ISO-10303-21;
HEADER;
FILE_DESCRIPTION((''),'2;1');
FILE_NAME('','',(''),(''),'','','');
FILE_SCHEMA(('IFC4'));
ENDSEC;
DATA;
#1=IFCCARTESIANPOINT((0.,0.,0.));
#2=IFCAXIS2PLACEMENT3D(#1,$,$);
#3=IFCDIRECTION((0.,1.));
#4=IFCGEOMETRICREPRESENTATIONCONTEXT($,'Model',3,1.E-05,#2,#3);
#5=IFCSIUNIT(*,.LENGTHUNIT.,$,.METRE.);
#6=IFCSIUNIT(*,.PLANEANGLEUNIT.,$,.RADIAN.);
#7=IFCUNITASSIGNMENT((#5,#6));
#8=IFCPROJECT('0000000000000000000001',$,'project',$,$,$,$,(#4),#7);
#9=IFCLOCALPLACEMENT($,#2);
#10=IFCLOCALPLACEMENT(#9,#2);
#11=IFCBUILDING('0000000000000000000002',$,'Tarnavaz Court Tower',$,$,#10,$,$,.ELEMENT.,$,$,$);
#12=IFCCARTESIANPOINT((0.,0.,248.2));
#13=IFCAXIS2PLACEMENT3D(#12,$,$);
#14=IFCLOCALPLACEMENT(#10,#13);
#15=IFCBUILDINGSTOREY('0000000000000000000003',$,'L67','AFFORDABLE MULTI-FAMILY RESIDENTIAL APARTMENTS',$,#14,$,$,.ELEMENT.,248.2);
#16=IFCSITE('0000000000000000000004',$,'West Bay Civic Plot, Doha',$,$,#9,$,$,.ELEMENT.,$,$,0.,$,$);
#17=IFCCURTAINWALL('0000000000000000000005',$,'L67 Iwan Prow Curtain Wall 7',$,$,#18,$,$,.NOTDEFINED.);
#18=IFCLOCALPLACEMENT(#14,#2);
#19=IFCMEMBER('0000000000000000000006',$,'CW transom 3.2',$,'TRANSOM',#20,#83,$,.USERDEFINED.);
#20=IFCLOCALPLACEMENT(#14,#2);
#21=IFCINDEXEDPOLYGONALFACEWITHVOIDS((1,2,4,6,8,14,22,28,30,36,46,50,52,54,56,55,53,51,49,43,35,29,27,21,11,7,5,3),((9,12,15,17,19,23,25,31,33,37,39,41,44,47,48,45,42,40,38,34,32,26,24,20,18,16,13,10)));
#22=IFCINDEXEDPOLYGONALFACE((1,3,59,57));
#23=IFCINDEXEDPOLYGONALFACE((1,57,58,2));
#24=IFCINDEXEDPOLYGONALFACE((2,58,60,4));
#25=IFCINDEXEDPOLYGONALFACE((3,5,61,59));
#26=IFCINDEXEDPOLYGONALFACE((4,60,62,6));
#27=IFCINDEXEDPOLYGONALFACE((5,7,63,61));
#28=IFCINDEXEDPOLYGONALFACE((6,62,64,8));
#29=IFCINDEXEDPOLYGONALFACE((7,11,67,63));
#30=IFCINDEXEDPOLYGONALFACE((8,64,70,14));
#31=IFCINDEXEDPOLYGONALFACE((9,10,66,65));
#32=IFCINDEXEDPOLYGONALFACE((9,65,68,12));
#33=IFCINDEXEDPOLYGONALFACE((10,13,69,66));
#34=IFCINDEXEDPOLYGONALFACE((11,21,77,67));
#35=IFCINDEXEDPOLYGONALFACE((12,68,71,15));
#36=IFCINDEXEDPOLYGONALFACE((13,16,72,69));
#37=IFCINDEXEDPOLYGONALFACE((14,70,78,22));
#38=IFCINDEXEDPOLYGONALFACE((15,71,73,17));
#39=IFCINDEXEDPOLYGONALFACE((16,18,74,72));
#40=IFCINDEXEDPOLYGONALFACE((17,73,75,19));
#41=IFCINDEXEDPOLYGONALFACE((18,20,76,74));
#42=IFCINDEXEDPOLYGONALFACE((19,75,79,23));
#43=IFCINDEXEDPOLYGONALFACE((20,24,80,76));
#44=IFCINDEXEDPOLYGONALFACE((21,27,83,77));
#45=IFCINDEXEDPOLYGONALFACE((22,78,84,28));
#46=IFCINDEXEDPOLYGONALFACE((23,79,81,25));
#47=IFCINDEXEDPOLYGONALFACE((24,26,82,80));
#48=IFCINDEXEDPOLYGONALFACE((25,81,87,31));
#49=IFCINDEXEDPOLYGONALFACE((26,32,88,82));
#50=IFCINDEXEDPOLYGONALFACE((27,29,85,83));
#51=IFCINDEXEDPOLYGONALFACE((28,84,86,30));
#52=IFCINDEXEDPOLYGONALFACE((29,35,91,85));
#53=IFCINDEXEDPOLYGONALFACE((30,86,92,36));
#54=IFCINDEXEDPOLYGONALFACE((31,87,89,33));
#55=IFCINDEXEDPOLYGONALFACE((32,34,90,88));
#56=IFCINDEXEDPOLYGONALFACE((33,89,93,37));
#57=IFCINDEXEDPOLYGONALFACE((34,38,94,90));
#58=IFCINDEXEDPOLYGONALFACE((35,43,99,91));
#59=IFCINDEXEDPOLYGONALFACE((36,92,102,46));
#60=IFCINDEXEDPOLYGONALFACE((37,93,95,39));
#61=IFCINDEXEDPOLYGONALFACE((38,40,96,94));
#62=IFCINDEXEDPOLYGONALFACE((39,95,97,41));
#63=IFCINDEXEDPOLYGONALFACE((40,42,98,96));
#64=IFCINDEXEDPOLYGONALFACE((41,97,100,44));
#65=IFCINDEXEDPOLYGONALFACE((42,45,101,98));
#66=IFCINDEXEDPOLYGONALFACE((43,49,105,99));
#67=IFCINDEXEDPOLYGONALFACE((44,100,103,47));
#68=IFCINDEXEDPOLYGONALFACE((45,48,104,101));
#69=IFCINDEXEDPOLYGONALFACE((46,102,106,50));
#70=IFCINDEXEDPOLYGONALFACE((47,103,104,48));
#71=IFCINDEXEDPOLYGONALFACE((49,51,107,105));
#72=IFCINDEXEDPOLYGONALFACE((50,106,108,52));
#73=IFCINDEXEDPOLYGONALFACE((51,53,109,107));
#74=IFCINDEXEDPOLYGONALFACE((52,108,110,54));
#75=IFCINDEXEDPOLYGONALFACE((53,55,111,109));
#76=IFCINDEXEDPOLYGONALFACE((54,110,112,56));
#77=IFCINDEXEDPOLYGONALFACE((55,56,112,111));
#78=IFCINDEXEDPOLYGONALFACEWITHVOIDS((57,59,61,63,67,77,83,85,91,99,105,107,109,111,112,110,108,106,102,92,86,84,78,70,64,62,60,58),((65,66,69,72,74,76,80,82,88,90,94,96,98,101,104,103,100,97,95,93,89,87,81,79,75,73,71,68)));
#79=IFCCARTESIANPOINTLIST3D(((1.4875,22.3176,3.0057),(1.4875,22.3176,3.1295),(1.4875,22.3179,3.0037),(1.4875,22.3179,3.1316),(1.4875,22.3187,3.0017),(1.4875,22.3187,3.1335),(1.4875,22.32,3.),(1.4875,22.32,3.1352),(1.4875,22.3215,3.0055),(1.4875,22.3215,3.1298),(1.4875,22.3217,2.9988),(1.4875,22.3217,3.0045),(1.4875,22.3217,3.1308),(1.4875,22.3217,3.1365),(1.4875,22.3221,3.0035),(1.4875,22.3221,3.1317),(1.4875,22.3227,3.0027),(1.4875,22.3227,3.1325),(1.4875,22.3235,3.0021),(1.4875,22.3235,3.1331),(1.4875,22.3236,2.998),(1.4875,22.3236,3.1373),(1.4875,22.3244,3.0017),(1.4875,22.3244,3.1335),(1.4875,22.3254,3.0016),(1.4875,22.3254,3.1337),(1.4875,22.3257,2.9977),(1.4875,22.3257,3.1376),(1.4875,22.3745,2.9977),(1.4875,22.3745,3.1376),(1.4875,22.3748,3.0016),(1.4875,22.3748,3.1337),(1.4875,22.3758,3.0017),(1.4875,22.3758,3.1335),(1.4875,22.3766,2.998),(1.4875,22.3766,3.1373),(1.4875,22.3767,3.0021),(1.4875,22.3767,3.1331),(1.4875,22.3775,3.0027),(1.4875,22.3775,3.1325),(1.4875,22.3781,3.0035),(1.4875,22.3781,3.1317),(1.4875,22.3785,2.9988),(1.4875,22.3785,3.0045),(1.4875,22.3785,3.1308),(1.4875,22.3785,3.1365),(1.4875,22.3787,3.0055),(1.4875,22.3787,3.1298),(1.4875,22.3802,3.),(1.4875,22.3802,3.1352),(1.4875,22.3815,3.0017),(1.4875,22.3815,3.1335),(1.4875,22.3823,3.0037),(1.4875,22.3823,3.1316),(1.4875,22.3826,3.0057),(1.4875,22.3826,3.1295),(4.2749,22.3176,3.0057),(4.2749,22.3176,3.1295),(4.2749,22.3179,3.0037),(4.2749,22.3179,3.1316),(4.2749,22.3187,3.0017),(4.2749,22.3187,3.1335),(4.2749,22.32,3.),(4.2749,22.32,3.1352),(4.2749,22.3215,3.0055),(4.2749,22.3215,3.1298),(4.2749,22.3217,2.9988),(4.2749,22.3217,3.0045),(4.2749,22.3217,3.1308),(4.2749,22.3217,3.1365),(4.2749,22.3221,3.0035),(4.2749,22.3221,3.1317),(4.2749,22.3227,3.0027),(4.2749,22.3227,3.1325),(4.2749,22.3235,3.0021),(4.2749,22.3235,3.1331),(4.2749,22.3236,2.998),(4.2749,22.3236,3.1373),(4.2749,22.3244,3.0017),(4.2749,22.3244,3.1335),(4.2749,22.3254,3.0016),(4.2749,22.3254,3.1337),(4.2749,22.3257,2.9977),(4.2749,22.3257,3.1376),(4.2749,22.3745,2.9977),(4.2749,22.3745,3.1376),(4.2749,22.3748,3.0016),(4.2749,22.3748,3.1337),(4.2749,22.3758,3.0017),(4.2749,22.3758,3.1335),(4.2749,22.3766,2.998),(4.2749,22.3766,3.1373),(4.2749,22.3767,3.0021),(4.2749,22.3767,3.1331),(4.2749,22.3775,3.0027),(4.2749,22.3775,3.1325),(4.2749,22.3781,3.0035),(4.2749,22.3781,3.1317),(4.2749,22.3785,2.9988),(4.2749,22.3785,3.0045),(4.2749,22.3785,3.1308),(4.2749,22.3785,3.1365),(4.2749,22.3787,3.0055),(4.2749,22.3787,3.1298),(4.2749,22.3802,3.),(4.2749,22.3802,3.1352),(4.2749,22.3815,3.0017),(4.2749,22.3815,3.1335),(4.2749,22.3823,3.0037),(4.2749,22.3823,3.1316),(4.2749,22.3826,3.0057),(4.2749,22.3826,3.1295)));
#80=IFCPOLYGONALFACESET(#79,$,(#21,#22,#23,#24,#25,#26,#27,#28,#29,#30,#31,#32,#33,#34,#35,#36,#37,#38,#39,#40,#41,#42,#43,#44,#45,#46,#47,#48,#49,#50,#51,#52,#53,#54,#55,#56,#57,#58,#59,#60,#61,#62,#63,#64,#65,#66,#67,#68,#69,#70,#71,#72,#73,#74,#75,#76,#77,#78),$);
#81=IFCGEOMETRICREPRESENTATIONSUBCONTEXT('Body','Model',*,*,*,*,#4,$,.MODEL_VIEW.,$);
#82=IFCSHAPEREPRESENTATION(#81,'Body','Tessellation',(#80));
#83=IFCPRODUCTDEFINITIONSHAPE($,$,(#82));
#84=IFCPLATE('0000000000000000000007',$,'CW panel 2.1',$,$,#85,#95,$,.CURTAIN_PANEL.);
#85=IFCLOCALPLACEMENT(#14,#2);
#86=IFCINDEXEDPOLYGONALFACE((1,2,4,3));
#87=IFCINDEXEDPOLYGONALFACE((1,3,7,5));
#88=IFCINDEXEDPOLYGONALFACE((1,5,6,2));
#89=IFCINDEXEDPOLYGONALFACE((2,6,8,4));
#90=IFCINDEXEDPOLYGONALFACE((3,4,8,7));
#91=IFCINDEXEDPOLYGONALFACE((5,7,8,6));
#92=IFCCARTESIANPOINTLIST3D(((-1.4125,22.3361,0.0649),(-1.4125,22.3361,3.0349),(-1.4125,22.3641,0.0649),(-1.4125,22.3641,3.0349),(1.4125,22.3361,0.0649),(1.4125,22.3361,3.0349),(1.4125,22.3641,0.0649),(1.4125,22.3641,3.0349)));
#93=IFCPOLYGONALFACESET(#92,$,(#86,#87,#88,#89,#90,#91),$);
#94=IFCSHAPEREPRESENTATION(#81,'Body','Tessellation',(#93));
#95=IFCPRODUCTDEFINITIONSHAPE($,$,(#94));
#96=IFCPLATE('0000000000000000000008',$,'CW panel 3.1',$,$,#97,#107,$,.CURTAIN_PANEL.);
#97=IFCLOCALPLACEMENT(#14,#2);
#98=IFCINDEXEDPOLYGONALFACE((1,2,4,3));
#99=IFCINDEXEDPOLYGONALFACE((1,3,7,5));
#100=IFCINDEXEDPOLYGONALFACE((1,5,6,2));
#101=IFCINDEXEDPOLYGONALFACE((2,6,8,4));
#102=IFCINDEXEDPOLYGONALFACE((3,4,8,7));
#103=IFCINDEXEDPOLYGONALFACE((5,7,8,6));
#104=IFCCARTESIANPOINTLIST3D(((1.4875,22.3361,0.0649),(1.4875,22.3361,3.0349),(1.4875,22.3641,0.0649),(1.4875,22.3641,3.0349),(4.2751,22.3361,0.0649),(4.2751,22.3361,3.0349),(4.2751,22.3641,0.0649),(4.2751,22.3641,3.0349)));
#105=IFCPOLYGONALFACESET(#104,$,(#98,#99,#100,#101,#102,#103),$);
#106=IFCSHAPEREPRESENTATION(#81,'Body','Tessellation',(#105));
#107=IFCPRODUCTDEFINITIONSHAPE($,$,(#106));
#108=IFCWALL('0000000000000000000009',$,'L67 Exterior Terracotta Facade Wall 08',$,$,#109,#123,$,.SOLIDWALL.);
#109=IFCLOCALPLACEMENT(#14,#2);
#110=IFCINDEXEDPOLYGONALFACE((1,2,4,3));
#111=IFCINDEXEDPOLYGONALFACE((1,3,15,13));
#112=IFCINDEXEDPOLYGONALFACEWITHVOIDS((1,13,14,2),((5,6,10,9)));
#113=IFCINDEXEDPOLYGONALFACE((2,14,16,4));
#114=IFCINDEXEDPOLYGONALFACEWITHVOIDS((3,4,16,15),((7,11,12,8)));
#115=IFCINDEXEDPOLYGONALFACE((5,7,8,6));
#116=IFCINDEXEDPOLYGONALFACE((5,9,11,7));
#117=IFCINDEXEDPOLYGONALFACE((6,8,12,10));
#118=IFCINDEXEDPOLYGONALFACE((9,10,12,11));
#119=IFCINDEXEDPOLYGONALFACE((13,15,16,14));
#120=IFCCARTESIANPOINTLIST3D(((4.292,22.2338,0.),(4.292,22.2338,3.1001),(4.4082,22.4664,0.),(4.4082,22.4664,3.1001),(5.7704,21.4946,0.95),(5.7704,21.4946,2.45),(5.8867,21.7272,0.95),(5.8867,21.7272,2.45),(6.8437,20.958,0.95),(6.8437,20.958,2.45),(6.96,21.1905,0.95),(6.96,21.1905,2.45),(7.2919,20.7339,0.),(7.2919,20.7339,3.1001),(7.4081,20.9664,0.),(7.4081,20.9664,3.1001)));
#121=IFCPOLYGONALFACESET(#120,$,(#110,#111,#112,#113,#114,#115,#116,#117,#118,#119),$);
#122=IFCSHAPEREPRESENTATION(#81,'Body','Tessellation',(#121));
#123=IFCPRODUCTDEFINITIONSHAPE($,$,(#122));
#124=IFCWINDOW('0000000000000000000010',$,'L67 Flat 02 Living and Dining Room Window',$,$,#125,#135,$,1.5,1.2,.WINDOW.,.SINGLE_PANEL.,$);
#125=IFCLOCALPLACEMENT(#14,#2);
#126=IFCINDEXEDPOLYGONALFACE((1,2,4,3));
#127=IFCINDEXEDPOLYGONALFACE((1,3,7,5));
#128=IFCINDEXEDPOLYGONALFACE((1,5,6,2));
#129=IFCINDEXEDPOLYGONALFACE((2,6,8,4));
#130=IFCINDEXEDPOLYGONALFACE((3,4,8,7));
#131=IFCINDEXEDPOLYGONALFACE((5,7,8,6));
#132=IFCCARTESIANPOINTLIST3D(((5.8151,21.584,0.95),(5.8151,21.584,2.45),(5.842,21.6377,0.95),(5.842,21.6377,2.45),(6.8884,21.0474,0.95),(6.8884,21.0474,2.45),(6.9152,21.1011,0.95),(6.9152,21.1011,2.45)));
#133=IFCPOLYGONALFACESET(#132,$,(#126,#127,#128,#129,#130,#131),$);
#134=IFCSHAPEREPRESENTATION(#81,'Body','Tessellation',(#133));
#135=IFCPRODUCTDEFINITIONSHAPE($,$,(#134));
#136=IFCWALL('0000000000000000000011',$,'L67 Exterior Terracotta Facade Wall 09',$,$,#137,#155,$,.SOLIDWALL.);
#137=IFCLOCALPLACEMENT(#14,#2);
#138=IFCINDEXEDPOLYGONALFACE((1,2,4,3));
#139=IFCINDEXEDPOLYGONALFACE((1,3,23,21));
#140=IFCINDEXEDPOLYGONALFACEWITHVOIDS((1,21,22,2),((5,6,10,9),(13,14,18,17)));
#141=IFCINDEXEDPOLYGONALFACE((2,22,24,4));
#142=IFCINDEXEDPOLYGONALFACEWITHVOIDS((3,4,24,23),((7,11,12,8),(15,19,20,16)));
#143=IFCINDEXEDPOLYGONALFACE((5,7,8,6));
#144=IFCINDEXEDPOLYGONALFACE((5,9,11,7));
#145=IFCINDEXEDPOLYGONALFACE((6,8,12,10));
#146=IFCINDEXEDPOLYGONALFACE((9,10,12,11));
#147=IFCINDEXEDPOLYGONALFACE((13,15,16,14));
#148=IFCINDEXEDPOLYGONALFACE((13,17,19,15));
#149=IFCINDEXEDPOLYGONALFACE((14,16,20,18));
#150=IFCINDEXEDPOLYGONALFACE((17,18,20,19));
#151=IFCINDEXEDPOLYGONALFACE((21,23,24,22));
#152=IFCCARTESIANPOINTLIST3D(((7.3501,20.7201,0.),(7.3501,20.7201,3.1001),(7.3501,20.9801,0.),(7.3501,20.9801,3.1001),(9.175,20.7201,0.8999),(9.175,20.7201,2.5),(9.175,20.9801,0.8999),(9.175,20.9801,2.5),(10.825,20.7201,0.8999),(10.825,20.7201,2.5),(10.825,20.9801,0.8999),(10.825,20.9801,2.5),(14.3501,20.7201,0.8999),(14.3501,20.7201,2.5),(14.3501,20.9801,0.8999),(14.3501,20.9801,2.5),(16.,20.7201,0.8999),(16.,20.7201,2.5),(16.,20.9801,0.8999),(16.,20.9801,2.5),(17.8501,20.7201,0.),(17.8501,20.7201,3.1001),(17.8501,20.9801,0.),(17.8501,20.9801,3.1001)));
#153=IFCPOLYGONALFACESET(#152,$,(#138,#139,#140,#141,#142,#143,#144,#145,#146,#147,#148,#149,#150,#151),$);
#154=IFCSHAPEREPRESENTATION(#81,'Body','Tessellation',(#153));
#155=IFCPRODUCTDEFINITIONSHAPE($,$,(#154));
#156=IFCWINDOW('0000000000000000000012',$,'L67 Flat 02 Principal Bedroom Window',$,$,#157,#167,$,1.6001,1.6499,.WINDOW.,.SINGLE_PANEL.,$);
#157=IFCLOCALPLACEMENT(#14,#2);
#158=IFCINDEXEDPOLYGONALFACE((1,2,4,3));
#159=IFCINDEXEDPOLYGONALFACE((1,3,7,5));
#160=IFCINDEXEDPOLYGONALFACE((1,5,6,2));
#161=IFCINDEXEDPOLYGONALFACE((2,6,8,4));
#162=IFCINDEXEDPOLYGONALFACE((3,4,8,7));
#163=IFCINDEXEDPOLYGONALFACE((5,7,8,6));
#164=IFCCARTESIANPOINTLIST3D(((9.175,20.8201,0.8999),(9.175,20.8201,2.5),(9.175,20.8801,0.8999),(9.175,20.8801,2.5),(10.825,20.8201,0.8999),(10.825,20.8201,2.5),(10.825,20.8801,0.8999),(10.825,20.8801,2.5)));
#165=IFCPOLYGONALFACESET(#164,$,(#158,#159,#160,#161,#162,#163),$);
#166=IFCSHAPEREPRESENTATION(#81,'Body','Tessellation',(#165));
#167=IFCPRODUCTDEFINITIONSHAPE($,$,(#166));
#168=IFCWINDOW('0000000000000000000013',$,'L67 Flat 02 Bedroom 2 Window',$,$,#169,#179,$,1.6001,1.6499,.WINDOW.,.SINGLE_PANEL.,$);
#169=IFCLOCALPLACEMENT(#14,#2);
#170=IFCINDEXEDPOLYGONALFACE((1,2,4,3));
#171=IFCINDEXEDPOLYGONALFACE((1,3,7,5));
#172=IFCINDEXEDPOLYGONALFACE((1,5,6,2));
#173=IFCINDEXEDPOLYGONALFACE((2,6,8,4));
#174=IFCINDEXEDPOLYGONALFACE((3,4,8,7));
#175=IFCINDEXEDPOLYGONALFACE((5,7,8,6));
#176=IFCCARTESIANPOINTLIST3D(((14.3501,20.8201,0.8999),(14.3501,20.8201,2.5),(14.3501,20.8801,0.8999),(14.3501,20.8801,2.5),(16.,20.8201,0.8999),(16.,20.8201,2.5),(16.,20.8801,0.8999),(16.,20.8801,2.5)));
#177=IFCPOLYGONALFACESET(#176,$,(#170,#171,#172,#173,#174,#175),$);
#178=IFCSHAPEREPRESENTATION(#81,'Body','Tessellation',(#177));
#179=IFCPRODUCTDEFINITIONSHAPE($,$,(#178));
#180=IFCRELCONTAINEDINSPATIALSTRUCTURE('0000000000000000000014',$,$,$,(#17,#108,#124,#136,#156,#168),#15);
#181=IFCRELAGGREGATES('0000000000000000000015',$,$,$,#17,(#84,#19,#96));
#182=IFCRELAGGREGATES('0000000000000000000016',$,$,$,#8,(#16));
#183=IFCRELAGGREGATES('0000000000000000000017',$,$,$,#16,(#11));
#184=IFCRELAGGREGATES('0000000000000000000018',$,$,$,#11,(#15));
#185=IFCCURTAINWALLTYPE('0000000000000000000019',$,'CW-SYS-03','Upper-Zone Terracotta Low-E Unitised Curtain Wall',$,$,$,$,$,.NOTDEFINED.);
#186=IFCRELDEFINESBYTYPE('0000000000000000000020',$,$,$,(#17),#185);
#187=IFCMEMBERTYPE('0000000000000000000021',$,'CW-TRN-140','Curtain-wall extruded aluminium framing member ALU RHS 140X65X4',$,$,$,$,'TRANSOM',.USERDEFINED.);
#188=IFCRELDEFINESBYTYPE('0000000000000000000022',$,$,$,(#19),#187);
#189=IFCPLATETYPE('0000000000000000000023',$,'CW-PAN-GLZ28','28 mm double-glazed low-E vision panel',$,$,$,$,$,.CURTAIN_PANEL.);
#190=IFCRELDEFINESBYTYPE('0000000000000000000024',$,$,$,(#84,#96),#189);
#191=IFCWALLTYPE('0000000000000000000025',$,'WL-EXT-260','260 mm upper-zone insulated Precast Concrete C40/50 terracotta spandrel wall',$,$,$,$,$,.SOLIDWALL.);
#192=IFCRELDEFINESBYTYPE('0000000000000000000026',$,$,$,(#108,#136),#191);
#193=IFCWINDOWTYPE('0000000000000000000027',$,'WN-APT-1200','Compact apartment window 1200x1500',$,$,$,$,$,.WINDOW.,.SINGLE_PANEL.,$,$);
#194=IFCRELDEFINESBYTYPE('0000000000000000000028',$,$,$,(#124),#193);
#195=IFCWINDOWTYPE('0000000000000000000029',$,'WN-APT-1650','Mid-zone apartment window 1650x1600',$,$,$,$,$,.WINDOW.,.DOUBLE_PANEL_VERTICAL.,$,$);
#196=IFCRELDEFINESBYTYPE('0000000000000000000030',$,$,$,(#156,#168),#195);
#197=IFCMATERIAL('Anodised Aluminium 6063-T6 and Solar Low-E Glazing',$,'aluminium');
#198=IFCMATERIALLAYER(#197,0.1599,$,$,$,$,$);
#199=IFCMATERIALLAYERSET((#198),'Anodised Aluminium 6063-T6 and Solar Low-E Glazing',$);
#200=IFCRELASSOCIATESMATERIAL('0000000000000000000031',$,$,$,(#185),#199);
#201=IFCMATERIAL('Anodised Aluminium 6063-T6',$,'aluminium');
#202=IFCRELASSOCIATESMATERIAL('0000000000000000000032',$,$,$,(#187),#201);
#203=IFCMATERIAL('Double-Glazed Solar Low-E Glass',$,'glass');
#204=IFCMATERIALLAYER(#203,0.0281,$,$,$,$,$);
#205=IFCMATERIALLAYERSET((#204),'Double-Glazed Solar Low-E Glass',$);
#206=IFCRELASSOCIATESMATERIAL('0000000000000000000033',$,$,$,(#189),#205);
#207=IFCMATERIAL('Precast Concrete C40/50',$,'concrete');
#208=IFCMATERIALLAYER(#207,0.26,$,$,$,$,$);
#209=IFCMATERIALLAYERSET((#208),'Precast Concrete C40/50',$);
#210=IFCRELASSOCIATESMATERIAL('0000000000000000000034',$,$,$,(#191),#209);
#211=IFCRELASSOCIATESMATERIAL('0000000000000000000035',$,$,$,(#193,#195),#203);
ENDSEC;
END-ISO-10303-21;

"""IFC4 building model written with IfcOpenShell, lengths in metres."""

from ifc_helpers import new_model, si_unit, direction, frame, frame_2d, origin, origin_2d, place, context, subcontext, project, spatial, rectangle, hollow_rectangle, extrude, material, layer, layer_set, material_profile, profile_set, type_object, element, fill, aggregate, save


model = new_model("IFC4")

# Units and contexts
model_context = context("Model", 3, precision=1e-05, world=origin(), true_north=direction((0.0, 1.0)))
body_context = subcontext(model_context, "Body", "Model", "MODEL_VIEW")
ifc_project = project(units=[si_unit("LENGTHUNIT", "METRE"), si_unit("PLANEANGLEUNIT", "RADIAN")], contexts=[model_context])

# Site, building, storey
site_placement = place(None, origin())
site = spatial("IfcSite", under=ifc_project, at=site_placement, Name="West Bay Civic Plot, Doha", CompositionType="ELEMENT", RefElevation=0.0)
building_placement = place(site_placement, origin())
building = spatial("IfcBuilding", under=site, at=building_placement, Name="Tarnavaz Court Tower", CompositionType="ELEMENT")
storey_placement = place(building_placement, frame((0.0, 0.0, 248.2)))
storey = spatial("IfcBuildingStorey", under=building, at=storey_placement, Name="L67", Description="AFFORDABLE MULTI-FAMILY RESIDENTIAL APARTMENTS", CompositionType="ELEMENT", Elevation=248.2)

# Curtain wall, member, plates
ifc_material_1 = material(Name="Anodised Aluminium 6063-T6 and Solar Low-E Glazing", Category="aluminium")
ifc_layer_1 = layer(ifc_material_1, 0.1599)
ifc_layer_set_1 = layer_set([ifc_layer_1], Name="Anodised Aluminium 6063-T6 and Solar Low-E Glazing")
curtain_wall_type = type_object("IfcCurtainWallType", Name="CW-SYS-03", Description="Upper-Zone Terracotta Low-E Unitised Curtain Wall", PredefinedType="NOTDEFINED", material=ifc_layer_set_1)
curtain_wall_placement = place(storey_placement, origin())
curtain_wall = element("IfcCurtainWall", 1, at=curtain_wall_placement, inside=storey, type_object=curtain_wall_type, Name="L67 Iwan Prow Curtain Wall 7", PredefinedType="NOTDEFINED")
ifc_material_2 = material(Name="Anodised Aluminium 6063-T6", Category="aluminium")
ifc_material_profile_1 = material_profile(ifc_material_2, hollow_rectangle(XDim=0.0649, YDim=0.1399, WallThickness=0.0039, InnerFilletRadius=0.0039, OuterFilletRadius=0.0081, at=origin_2d()), Name="ALU RHS 140X65X4")
ifc_profile_set_1 = profile_set([ifc_material_profile_1], Name="Anodised Aluminium 6063-T6")
member_type_1 = type_object("IfcMemberType", Name="CW-TRN-140", Description="Curtain-wall extruded aluminium framing member ALU RHS 140X65X4", ElementType="TRANSOM", PredefinedType="USERDEFINED", material=ifc_profile_set_1)
member_1_placement = place(storey_placement, frame((1.4875, 22.3501, 3.0676), z_axis=(1.0, 0.0, 0.0), x_axis=(0.0, 1.0, 0.0)))
member_1 = element("IfcMember", 2, at=member_1_placement, type_object=member_type_1, Name="CW transom 3.2", ObjectType="TRANSOM", PredefinedType="USERDEFINED", context=body_context, shape_type="SweptSolid", body=[
    extrude(hollow_rectangle(XDim=0.0649, YDim=0.1399, WallThickness=0.0039, InnerFilletRadius=0.0039, OuterFilletRadius=0.0081, at=origin_2d()), origin(), (0.0, 0.0, 1.0), 2.7874),
])
ifc_material_3 = material(Name="Double-Glazed Solar Low-E Glass", Category="glass")
ifc_layer_2 = layer(ifc_material_3, 0.0281)
ifc_layer_set_2 = layer_set([ifc_layer_2], Name="Double-Glazed Solar Low-E Glass")
plate_type = type_object("IfcPlateType", Name="CW-PAN-GLZ28", Description="28 mm double-glazed low-E vision panel", PredefinedType="CURTAIN_PANEL", material=ifc_layer_set_2)
plate_1_placement = place(storey_placement, frame((0.0, 22.3501, 0.0649), z_axis=(0.0, 0.0, 1.0), x_axis=(1.0, 0.0, 0.0)))
plate_1 = element("IfcPlate", 3, at=plate_1_placement, type_object=plate_type, Name="CW panel 2.1", PredefinedType="CURTAIN_PANEL", context=body_context, shape_type="SweptSolid", body=[
    extrude(rectangle(XDim=2.825, YDim=0.0281, at=origin_2d()), origin(), (0.0, 0.0, 1.0), 2.97),
])
plate_2_placement = place(storey_placement, frame((2.8813, 22.3501, 0.0649), z_axis=(0.0, 0.0, 1.0), x_axis=(1.0, 0.0, 0.0)))
plate_2 = element("IfcPlate", 4, at=plate_2_placement, type_object=plate_type, Name="CW panel 3.1", PredefinedType="CURTAIN_PANEL", context=body_context, shape_type="SweptSolid", body=[
    extrude(rectangle(XDim=2.7876, YDim=0.0281, at=origin_2d()), origin(), (0.0, 0.0, 1.0), 2.97),
])
aggregate(curtain_wall, [plate_1, member_1, plate_2])

# Wall, opening, window
ifc_material_4 = material(Name="Precast Concrete C40/50", Category="concrete")
ifc_layer_3 = layer(ifc_material_4, 0.26)
ifc_layer_set_3 = layer_set([ifc_layer_3], Name="Precast Concrete C40/50")
wall_type_1 = type_object("IfcWallType", Name="WL-EXT-260", Description="260 mm upper-zone insulated Precast Concrete C40/50 terracotta spandrel wall", PredefinedType="SOLIDWALL", material=ifc_layer_set_3)
wall_1_placement = place(storey_placement, frame((4.3501, 22.3501, 0.0), z_axis=(0.0, 0.0, 1.0), x_axis=(0.894427, -0.447214, 0.0)))
wall_1 = element("IfcWall", 5, at=wall_1_placement, inside=storey, type_object=wall_type_1, Name="L67 Exterior Terracotta Facade Wall 08", PredefinedType="SOLIDWALL", context=body_context, shape_type="SweptSolid", body=[
    extrude(rectangle(XDim=3.354, YDim=0.26, at=frame_2d((1.677, 0.0))), origin(), (0.0, 0.0, 1.0), 3.1001),
])
opening_1_placement = place(wall_1_placement, frame((1.6528, 0.0, 0.95)))
opening_1 = element("IfcOpeningElement", 6, at=opening_1_placement, cuts=wall_1, PredefinedType="OPENING", context=body_context, shape_type="SweptSolid", body=[
    extrude(rectangle(XDim=1.2, YDim=1.5, at=frame_2d((0.6001, 0.75))), frame((0.0, 0.1399, 0.0), z_axis=(0.0, -1.0, 0.0), x_axis=(1.0, 0.0, 0.0)), (0.0, 0.0, 1.0), 0.28),
])
window_type_1 = type_object("IfcWindowType", Name="WN-APT-1200", Description="Compact apartment window 1200x1500", PartitioningType="SINGLE_PANEL", PredefinedType="WINDOW", material=ifc_material_3)
window_1_placement = place(opening_1_placement, origin())
window_1 = element("IfcWindow", 7, at=window_1_placement, inside=storey, type_object=window_type_1, Name="L67 Flat 02 Living and Dining Room Window", OverallHeight=1.5, OverallWidth=1.2, PartitioningType="SINGLE_PANEL", PredefinedType="WINDOW", context=body_context, shape_type="SweptSolid", body=[
    extrude(rectangle(XDim=1.2, YDim=1.5, at=frame_2d((0.6001, 0.75))), frame((0.0, 0.03, 0.0), z_axis=(0.0, -1.0, 0.0), x_axis=(1.0, 0.0, 0.0)), (0.0, 0.0, 1.0), 0.0601),
])
fill(opening_1, window_1)

# Wall, openings, windows
wall_2_placement = place(storey_placement, frame((7.3501, 20.8501, 0.0), z_axis=(0.0, 0.0, 1.0), x_axis=(1.0, 0.0, 0.0)))
wall_2 = element("IfcWall", 8, at=wall_2_placement, inside=storey, type_object=wall_type_1, Name="L67 Exterior Terracotta Facade Wall 09", PredefinedType="SOLIDWALL", context=body_context, shape_type="SweptSolid", body=[
    extrude(rectangle(XDim=10.5, YDim=0.26, at=frame_2d((5.25, 0.0))), origin(), (0.0, 0.0, 1.0), 3.1001),
])
opening_2_placement = place(wall_2_placement, frame((1.825, 0.0, 0.8999)))
opening_2 = element("IfcOpeningElement", 9, at=opening_2_placement, cuts=wall_2, PredefinedType="OPENING", context=body_context, shape_type="SweptSolid", body=[
    extrude(rectangle(XDim=1.6499, YDim=1.6001, at=frame_2d((0.825, 0.8))), frame((0.0, 0.1399, 0.0), z_axis=(0.0, -1.0, 0.0), x_axis=(1.0, 0.0, 0.0)), (0.0, 0.0, 1.0), 0.28),
])
opening_3_placement = place(wall_2_placement, frame((7.0, 0.0, 0.8999)))
opening_3 = element("IfcOpeningElement", 10, at=opening_3_placement, cuts=wall_2, PredefinedType="OPENING", context=body_context, shape_type="SweptSolid", body=[
    extrude(rectangle(XDim=1.6499, YDim=1.6001, at=frame_2d((0.825, 0.8))), frame((0.0, 0.1399, 0.0), z_axis=(0.0, -1.0, 0.0), x_axis=(1.0, 0.0, 0.0)), (0.0, 0.0, 1.0), 0.28),
])
window_type_2 = type_object("IfcWindowType", Name="WN-APT-1650", Description="Mid-zone apartment window 1650x1600", PartitioningType="DOUBLE_PANEL_VERTICAL", PredefinedType="WINDOW", material=ifc_material_3)
window_2_placement = place(opening_2_placement, origin())
window_2 = element("IfcWindow", 11, at=window_2_placement, inside=storey, type_object=window_type_2, Name="L67 Flat 02 Principal Bedroom Window", OverallHeight=1.6001, OverallWidth=1.6499, PartitioningType="SINGLE_PANEL", PredefinedType="WINDOW", context=body_context, shape_type="SweptSolid", body=[
    extrude(rectangle(XDim=1.6499, YDim=1.6001, at=frame_2d((0.825, 0.8))), frame((0.0, 0.03, 0.0), z_axis=(0.0, -1.0, 0.0), x_axis=(1.0, 0.0, 0.0)), (0.0, 0.0, 1.0), 0.0601),
])
fill(opening_2, window_2)
window_3_placement = place(opening_3_placement, origin())
window_3 = element("IfcWindow", 12, at=window_3_placement, inside=storey, type_object=window_type_2, Name="L67 Flat 02 Bedroom 2 Window", OverallHeight=1.6001, OverallWidth=1.6499, PartitioningType="SINGLE_PANEL", PredefinedType="WINDOW", context=body_context, shape_type="SweptSolid", body=[
    extrude(rectangle(XDim=1.6499, YDim=1.6001, at=frame_2d((0.825, 0.8))), frame((0.0, 0.03, 0.0), z_axis=(0.0, -1.0, 0.0), x_axis=(1.0, 0.0, 0.0)), (0.0, 0.0, 1.0), 0.0601),
])
fill(opening_3, window_3)

save(model, "model.ifc")
